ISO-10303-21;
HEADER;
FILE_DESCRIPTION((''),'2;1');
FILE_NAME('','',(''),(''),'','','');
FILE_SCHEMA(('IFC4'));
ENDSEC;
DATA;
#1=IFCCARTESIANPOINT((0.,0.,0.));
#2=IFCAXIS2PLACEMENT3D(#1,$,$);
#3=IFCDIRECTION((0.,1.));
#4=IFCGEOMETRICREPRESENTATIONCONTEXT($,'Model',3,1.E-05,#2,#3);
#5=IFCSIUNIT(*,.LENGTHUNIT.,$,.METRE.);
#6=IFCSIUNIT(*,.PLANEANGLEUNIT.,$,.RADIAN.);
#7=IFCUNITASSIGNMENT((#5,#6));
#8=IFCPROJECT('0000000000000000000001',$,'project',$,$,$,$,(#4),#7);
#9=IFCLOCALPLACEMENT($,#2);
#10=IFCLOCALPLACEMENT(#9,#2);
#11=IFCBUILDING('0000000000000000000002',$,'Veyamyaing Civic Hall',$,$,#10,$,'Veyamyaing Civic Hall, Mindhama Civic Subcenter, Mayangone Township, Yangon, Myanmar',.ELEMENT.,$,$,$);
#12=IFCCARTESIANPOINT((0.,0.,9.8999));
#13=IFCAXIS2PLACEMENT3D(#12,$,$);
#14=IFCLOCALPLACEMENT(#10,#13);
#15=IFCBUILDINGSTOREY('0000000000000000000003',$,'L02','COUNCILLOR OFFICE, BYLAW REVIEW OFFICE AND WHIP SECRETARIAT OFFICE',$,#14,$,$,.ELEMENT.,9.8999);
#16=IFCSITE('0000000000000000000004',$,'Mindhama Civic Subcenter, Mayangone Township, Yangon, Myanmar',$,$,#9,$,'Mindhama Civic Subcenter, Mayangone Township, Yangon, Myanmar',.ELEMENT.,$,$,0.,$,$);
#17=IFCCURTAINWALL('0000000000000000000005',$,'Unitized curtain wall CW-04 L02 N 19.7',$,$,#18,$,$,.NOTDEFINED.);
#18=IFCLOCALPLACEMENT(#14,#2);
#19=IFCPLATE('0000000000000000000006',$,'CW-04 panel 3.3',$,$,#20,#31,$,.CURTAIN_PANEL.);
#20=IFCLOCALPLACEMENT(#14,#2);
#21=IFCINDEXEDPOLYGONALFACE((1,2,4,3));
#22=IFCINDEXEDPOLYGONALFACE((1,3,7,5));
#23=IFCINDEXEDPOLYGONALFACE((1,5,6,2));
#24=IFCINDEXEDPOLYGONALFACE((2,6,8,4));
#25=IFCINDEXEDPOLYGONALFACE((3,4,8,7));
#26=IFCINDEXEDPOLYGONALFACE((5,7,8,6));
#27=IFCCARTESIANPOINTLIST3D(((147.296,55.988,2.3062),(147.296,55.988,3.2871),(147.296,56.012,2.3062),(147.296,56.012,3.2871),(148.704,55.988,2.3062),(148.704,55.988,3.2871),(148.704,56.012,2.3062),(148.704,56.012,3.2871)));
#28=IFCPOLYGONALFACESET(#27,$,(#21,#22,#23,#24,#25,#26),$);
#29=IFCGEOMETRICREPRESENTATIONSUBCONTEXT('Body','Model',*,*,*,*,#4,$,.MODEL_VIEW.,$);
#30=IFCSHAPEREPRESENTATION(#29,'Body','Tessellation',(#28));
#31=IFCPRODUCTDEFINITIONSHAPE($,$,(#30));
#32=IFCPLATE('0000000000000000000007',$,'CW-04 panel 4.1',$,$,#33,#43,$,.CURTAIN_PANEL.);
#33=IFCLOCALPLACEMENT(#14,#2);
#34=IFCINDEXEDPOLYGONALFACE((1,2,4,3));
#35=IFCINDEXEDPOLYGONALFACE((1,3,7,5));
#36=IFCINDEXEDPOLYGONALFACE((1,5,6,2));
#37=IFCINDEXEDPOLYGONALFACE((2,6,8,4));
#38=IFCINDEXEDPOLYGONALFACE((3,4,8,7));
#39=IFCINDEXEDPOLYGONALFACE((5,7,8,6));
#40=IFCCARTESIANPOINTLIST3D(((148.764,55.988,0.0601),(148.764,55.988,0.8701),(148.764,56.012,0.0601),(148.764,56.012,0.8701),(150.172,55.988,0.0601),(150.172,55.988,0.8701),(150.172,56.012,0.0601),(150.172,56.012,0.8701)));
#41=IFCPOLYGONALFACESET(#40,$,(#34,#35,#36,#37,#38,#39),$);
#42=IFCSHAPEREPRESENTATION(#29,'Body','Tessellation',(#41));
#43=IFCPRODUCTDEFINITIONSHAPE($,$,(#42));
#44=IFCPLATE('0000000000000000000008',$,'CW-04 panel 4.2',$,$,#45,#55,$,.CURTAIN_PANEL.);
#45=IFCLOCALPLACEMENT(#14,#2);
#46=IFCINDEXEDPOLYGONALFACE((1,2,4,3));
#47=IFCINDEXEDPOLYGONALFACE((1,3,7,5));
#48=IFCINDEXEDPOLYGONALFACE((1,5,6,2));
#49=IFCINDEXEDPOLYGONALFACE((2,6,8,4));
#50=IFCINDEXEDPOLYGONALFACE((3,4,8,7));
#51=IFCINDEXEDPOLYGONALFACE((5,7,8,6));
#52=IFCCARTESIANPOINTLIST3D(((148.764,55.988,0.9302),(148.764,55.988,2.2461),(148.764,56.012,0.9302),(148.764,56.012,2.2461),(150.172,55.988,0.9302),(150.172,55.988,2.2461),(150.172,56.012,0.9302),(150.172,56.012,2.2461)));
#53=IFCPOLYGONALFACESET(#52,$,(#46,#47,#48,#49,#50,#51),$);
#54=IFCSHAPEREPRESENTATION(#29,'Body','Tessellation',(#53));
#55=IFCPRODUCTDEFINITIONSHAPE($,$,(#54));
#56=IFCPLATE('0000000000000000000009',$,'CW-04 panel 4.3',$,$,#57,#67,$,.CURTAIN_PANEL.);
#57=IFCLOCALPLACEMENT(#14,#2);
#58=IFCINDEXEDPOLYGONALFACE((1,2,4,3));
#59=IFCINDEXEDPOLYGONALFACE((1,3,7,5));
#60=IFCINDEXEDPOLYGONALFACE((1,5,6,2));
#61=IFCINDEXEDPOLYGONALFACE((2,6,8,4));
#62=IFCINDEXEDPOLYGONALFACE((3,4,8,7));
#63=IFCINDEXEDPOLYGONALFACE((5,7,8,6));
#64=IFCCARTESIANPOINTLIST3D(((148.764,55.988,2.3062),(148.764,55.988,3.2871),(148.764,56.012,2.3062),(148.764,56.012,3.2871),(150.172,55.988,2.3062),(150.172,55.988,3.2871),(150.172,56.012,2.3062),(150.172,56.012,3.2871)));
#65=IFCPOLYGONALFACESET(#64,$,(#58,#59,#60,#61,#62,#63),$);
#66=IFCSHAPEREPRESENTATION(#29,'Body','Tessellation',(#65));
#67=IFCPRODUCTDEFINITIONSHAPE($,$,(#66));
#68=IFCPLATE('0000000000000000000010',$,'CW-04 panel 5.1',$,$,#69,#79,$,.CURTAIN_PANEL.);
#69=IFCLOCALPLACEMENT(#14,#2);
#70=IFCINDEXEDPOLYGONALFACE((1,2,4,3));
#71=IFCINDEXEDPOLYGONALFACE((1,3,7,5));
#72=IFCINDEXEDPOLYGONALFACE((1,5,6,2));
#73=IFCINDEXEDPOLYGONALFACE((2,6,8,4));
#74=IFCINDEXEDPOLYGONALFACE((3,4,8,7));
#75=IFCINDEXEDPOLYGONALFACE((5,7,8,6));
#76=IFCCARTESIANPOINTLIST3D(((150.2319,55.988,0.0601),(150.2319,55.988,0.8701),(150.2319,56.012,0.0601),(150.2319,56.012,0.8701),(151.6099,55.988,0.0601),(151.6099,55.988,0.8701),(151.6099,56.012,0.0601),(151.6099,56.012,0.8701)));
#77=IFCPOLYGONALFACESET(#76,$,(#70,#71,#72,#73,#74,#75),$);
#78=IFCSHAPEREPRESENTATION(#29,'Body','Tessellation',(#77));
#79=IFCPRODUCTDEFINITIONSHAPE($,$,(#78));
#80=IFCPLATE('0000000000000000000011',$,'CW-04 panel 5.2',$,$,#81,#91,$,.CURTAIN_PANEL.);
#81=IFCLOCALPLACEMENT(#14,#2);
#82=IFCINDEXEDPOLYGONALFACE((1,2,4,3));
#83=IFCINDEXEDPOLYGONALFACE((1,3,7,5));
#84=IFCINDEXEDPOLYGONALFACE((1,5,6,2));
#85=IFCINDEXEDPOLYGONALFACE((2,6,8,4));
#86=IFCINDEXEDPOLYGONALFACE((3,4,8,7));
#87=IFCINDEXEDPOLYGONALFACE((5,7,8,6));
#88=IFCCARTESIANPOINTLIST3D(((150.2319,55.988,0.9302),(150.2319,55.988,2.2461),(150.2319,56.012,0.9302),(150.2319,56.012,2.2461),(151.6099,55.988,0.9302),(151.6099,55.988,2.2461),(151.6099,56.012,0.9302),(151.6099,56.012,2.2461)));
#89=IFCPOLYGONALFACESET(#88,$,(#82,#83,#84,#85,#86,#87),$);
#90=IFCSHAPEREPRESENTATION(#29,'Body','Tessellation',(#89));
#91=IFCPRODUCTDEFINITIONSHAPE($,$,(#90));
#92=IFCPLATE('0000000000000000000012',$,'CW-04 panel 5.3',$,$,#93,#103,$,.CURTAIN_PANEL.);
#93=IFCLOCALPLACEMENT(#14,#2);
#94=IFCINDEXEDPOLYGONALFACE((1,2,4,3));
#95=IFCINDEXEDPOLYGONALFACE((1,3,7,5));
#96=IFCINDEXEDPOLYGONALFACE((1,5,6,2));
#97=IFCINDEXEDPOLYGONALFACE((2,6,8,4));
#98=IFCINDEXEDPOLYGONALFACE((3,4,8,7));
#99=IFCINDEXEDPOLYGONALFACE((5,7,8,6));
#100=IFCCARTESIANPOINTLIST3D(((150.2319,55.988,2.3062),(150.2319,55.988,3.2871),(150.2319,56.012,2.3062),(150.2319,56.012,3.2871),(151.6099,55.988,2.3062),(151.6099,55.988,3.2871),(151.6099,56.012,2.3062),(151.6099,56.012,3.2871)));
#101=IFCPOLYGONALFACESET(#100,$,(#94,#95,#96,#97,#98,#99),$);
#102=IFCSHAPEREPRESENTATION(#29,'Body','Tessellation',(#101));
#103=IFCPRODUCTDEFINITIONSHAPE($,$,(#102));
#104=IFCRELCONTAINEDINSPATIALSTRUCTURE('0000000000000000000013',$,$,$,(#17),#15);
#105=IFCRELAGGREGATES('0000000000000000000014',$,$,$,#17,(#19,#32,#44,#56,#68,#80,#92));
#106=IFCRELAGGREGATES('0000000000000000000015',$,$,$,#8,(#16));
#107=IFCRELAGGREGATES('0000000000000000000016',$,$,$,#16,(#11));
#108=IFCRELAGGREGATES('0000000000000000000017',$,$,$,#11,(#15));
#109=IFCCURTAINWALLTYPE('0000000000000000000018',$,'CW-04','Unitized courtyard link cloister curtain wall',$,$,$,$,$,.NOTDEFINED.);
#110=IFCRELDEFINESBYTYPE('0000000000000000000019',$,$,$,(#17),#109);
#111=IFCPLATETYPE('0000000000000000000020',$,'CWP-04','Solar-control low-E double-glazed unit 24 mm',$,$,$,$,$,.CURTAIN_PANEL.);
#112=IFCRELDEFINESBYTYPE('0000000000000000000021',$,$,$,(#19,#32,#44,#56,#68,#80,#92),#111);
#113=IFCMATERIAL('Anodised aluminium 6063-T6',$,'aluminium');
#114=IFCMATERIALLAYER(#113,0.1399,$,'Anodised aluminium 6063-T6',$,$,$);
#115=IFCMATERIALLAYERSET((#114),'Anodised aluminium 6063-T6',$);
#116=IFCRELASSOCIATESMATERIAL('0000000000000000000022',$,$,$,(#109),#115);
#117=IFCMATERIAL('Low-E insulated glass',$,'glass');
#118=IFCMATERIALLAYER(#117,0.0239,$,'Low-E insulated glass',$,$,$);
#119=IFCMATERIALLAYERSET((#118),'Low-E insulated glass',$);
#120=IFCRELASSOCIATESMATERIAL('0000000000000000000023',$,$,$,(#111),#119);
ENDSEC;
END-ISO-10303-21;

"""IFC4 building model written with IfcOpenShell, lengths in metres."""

from ifc_helpers import new_model, si_unit, direction, frame, origin, origin_2d, place, context, subcontext, project, spatial, rectangle, extrude, material, layer, layer_set, type_object, element, aggregate, save


model = new_model("IFC4")

# Units and contexts
model_context = context("Model", 3, precision=1e-05, world=origin(), true_north=direction((0.0, 1.0)))
body_context = subcontext(model_context, "Body", "Model", "MODEL_VIEW")
ifc_project = project(units=[si_unit("LENGTHUNIT", "METRE"), si_unit("PLANEANGLEUNIT", "RADIAN")], contexts=[model_context])

# Site, building, storey
site_placement = place(None, origin())
site = spatial("IfcSite", under=ifc_project, at=site_placement, Name="Mindhama Civic Subcenter, Mayangone Township, Yangon, Myanmar", LongName="Mindhama Civic Subcenter, Mayangone Township, Yangon, Myanmar", CompositionType="ELEMENT", RefElevation=0.0)
building_placement = place(site_placement, origin())
building = spatial("IfcBuilding", under=site, at=building_placement, Name="Veyamyaing Civic Hall", LongName="Veyamyaing Civic Hall, Mindhama Civic Subcenter, Mayangone Township, Yangon, Myanmar", CompositionType="ELEMENT")
storey_placement = place(building_placement, frame((0.0, 0.0, 9.8999)))
storey = spatial("IfcBuildingStorey", under=building, at=storey_placement, Name="L02", Description="COUNCILLOR OFFICE, BYLAW REVIEW OFFICE AND WHIP SECRETARIAT OFFICE", CompositionType="ELEMENT", Elevation=9.8999)

# Curtain wall, plates
ifc_material_1 = material(Name="Anodised aluminium 6063-T6", Category="aluminium")
ifc_layer_1 = layer(ifc_material_1, 0.1399, Name="Anodised aluminium 6063-T6")
ifc_layer_set_1 = layer_set([ifc_layer_1], Name="Anodised aluminium 6063-T6")
curtain_wall_type = type_object("IfcCurtainWallType", Name="CW-04", Description="Unitized courtyard link cloister curtain wall", PredefinedType="NOTDEFINED", material=ifc_layer_set_1)
curtain_wall_placement = place(storey_placement, origin())
curtain_wall = element("IfcCurtainWall", 1, at=curtain_wall_placement, inside=storey, type_object=curtain_wall_type, Name="Unitized curtain wall CW-04 L02 N 19.7", PredefinedType="NOTDEFINED")
ifc_material_2 = material(Name="Low-E insulated glass", Category="glass")
ifc_layer_2 = layer(ifc_material_2, 0.0239, Name="Low-E insulated glass")
ifc_layer_set_2 = layer_set([ifc_layer_2], Name="Low-E insulated glass")
plate_type = type_object("IfcPlateType", Name="CWP-04", Description="Solar-control low-E double-glazed unit 24 mm", PredefinedType="CURTAIN_PANEL", material=ifc_layer_set_2)
plate_1_placement = place(storey_placement, frame((148.0, 56.0, 2.3062), z_axis=(0.0, 0.0, 1.0), x_axis=(1.0, 0.0, 0.0)))
plate_1 = element("IfcPlate", 2, at=plate_1_placement, type_object=plate_type, Name="CW-04 panel 3.3", PredefinedType="CURTAIN_PANEL", context=body_context, shape_type="SweptSolid", body=[
    extrude(rectangle(XDim=1.408, YDim=0.0239, at=origin_2d()), origin(), (0.0, 0.0, 1.0), 0.981),
])
plate_2_placement = place(storey_placement, frame((149.468, 56.0, 0.0601), z_axis=(0.0, 0.0, 1.0), x_axis=(1.0, 0.0, 0.0)))
plate_2 = element("IfcPlate", 3, at=plate_2_placement, type_object=plate_type, Name="CW-04 panel 4.1", PredefinedType="CURTAIN_PANEL", context=body_context, shape_type="SweptSolid", body=[
    extrude(rectangle(XDim=1.408, YDim=0.0239, at=origin_2d()), origin(), (0.0, 0.0, 1.0), 0.8101),
])
plate_3_placement = place(storey_placement, frame((149.468, 56.0, 0.9302), z_axis=(0.0, 0.0, 1.0), x_axis=(1.0, 0.0, 0.0)))
plate_3 = element("IfcPlate", 4, at=plate_3_placement, type_object=plate_type, Name="CW-04 panel 4.2", PredefinedType="CURTAIN_PANEL", context=body_context, shape_type="SweptSolid", body=[
    extrude(rectangle(XDim=1.408, YDim=0.0239, at=origin_2d()), origin(), (0.0, 0.0, 1.0), 1.3159),
])
plate_4_placement = place(storey_placement, frame((149.468, 56.0, 2.3062), z_axis=(0.0, 0.0, 1.0), x_axis=(1.0, 0.0, 0.0)))
plate_4 = element("IfcPlate", 5, at=plate_4_placement, type_object=plate_type, Name="CW-04 panel 4.3", PredefinedType="CURTAIN_PANEL", context=body_context, shape_type="SweptSolid", body=[
    extrude(rectangle(XDim=1.408, YDim=0.0239, at=origin_2d()), origin(), (0.0, 0.0, 1.0), 0.981),
])
plate_5_placement = place(storey_placement, frame((150.9209, 56.0, 0.0601), z_axis=(0.0, 0.0, 1.0), x_axis=(1.0, 0.0, 0.0)))
plate_5 = element("IfcPlate", 6, at=plate_5_placement, type_object=plate_type, Name="CW-04 panel 5.1", PredefinedType="CURTAIN_PANEL", context=body_context, shape_type="SweptSolid", body=[
    extrude(rectangle(XDim=1.3779, YDim=0.0239, at=origin_2d()), origin(), (0.0, 0.0, 1.0), 0.8101),
])
plate_6_placement = place(storey_placement, frame((150.9209, 56.0, 0.9302), z_axis=(0.0, 0.0, 1.0), x_axis=(1.0, 0.0, 0.0)))
plate_6 = element("IfcPlate", 7, at=plate_6_placement, type_object=plate_type, Name="CW-04 panel 5.2", PredefinedType="CURTAIN_PANEL", context=body_context, shape_type="SweptSolid", body=[
    extrude(rectangle(XDim=1.3779, YDim=0.0239, at=origin_2d()), origin(), (0.0, 0.0, 1.0), 1.3159),
])
plate_7_placement = place(storey_placement, frame((150.9209, 56.0, 2.3062), z_axis=(0.0, 0.0, 1.0), x_axis=(1.0, 0.0, 0.0)))
plate_7 = element("IfcPlate", 8, at=plate_7_placement, type_object=plate_type, Name="CW-04 panel 5.3", PredefinedType="CURTAIN_PANEL", context=body_context, shape_type="SweptSolid", body=[
    extrude(rectangle(XDim=1.3779, YDim=0.0239, at=origin_2d()), origin(), (0.0, 0.0, 1.0), 0.981),
])
aggregate(curtain_wall, [plate_1, plate_2, plate_3, plate_4, plate_5, plate_6, plate_7])

save(model, "model.ifc")
